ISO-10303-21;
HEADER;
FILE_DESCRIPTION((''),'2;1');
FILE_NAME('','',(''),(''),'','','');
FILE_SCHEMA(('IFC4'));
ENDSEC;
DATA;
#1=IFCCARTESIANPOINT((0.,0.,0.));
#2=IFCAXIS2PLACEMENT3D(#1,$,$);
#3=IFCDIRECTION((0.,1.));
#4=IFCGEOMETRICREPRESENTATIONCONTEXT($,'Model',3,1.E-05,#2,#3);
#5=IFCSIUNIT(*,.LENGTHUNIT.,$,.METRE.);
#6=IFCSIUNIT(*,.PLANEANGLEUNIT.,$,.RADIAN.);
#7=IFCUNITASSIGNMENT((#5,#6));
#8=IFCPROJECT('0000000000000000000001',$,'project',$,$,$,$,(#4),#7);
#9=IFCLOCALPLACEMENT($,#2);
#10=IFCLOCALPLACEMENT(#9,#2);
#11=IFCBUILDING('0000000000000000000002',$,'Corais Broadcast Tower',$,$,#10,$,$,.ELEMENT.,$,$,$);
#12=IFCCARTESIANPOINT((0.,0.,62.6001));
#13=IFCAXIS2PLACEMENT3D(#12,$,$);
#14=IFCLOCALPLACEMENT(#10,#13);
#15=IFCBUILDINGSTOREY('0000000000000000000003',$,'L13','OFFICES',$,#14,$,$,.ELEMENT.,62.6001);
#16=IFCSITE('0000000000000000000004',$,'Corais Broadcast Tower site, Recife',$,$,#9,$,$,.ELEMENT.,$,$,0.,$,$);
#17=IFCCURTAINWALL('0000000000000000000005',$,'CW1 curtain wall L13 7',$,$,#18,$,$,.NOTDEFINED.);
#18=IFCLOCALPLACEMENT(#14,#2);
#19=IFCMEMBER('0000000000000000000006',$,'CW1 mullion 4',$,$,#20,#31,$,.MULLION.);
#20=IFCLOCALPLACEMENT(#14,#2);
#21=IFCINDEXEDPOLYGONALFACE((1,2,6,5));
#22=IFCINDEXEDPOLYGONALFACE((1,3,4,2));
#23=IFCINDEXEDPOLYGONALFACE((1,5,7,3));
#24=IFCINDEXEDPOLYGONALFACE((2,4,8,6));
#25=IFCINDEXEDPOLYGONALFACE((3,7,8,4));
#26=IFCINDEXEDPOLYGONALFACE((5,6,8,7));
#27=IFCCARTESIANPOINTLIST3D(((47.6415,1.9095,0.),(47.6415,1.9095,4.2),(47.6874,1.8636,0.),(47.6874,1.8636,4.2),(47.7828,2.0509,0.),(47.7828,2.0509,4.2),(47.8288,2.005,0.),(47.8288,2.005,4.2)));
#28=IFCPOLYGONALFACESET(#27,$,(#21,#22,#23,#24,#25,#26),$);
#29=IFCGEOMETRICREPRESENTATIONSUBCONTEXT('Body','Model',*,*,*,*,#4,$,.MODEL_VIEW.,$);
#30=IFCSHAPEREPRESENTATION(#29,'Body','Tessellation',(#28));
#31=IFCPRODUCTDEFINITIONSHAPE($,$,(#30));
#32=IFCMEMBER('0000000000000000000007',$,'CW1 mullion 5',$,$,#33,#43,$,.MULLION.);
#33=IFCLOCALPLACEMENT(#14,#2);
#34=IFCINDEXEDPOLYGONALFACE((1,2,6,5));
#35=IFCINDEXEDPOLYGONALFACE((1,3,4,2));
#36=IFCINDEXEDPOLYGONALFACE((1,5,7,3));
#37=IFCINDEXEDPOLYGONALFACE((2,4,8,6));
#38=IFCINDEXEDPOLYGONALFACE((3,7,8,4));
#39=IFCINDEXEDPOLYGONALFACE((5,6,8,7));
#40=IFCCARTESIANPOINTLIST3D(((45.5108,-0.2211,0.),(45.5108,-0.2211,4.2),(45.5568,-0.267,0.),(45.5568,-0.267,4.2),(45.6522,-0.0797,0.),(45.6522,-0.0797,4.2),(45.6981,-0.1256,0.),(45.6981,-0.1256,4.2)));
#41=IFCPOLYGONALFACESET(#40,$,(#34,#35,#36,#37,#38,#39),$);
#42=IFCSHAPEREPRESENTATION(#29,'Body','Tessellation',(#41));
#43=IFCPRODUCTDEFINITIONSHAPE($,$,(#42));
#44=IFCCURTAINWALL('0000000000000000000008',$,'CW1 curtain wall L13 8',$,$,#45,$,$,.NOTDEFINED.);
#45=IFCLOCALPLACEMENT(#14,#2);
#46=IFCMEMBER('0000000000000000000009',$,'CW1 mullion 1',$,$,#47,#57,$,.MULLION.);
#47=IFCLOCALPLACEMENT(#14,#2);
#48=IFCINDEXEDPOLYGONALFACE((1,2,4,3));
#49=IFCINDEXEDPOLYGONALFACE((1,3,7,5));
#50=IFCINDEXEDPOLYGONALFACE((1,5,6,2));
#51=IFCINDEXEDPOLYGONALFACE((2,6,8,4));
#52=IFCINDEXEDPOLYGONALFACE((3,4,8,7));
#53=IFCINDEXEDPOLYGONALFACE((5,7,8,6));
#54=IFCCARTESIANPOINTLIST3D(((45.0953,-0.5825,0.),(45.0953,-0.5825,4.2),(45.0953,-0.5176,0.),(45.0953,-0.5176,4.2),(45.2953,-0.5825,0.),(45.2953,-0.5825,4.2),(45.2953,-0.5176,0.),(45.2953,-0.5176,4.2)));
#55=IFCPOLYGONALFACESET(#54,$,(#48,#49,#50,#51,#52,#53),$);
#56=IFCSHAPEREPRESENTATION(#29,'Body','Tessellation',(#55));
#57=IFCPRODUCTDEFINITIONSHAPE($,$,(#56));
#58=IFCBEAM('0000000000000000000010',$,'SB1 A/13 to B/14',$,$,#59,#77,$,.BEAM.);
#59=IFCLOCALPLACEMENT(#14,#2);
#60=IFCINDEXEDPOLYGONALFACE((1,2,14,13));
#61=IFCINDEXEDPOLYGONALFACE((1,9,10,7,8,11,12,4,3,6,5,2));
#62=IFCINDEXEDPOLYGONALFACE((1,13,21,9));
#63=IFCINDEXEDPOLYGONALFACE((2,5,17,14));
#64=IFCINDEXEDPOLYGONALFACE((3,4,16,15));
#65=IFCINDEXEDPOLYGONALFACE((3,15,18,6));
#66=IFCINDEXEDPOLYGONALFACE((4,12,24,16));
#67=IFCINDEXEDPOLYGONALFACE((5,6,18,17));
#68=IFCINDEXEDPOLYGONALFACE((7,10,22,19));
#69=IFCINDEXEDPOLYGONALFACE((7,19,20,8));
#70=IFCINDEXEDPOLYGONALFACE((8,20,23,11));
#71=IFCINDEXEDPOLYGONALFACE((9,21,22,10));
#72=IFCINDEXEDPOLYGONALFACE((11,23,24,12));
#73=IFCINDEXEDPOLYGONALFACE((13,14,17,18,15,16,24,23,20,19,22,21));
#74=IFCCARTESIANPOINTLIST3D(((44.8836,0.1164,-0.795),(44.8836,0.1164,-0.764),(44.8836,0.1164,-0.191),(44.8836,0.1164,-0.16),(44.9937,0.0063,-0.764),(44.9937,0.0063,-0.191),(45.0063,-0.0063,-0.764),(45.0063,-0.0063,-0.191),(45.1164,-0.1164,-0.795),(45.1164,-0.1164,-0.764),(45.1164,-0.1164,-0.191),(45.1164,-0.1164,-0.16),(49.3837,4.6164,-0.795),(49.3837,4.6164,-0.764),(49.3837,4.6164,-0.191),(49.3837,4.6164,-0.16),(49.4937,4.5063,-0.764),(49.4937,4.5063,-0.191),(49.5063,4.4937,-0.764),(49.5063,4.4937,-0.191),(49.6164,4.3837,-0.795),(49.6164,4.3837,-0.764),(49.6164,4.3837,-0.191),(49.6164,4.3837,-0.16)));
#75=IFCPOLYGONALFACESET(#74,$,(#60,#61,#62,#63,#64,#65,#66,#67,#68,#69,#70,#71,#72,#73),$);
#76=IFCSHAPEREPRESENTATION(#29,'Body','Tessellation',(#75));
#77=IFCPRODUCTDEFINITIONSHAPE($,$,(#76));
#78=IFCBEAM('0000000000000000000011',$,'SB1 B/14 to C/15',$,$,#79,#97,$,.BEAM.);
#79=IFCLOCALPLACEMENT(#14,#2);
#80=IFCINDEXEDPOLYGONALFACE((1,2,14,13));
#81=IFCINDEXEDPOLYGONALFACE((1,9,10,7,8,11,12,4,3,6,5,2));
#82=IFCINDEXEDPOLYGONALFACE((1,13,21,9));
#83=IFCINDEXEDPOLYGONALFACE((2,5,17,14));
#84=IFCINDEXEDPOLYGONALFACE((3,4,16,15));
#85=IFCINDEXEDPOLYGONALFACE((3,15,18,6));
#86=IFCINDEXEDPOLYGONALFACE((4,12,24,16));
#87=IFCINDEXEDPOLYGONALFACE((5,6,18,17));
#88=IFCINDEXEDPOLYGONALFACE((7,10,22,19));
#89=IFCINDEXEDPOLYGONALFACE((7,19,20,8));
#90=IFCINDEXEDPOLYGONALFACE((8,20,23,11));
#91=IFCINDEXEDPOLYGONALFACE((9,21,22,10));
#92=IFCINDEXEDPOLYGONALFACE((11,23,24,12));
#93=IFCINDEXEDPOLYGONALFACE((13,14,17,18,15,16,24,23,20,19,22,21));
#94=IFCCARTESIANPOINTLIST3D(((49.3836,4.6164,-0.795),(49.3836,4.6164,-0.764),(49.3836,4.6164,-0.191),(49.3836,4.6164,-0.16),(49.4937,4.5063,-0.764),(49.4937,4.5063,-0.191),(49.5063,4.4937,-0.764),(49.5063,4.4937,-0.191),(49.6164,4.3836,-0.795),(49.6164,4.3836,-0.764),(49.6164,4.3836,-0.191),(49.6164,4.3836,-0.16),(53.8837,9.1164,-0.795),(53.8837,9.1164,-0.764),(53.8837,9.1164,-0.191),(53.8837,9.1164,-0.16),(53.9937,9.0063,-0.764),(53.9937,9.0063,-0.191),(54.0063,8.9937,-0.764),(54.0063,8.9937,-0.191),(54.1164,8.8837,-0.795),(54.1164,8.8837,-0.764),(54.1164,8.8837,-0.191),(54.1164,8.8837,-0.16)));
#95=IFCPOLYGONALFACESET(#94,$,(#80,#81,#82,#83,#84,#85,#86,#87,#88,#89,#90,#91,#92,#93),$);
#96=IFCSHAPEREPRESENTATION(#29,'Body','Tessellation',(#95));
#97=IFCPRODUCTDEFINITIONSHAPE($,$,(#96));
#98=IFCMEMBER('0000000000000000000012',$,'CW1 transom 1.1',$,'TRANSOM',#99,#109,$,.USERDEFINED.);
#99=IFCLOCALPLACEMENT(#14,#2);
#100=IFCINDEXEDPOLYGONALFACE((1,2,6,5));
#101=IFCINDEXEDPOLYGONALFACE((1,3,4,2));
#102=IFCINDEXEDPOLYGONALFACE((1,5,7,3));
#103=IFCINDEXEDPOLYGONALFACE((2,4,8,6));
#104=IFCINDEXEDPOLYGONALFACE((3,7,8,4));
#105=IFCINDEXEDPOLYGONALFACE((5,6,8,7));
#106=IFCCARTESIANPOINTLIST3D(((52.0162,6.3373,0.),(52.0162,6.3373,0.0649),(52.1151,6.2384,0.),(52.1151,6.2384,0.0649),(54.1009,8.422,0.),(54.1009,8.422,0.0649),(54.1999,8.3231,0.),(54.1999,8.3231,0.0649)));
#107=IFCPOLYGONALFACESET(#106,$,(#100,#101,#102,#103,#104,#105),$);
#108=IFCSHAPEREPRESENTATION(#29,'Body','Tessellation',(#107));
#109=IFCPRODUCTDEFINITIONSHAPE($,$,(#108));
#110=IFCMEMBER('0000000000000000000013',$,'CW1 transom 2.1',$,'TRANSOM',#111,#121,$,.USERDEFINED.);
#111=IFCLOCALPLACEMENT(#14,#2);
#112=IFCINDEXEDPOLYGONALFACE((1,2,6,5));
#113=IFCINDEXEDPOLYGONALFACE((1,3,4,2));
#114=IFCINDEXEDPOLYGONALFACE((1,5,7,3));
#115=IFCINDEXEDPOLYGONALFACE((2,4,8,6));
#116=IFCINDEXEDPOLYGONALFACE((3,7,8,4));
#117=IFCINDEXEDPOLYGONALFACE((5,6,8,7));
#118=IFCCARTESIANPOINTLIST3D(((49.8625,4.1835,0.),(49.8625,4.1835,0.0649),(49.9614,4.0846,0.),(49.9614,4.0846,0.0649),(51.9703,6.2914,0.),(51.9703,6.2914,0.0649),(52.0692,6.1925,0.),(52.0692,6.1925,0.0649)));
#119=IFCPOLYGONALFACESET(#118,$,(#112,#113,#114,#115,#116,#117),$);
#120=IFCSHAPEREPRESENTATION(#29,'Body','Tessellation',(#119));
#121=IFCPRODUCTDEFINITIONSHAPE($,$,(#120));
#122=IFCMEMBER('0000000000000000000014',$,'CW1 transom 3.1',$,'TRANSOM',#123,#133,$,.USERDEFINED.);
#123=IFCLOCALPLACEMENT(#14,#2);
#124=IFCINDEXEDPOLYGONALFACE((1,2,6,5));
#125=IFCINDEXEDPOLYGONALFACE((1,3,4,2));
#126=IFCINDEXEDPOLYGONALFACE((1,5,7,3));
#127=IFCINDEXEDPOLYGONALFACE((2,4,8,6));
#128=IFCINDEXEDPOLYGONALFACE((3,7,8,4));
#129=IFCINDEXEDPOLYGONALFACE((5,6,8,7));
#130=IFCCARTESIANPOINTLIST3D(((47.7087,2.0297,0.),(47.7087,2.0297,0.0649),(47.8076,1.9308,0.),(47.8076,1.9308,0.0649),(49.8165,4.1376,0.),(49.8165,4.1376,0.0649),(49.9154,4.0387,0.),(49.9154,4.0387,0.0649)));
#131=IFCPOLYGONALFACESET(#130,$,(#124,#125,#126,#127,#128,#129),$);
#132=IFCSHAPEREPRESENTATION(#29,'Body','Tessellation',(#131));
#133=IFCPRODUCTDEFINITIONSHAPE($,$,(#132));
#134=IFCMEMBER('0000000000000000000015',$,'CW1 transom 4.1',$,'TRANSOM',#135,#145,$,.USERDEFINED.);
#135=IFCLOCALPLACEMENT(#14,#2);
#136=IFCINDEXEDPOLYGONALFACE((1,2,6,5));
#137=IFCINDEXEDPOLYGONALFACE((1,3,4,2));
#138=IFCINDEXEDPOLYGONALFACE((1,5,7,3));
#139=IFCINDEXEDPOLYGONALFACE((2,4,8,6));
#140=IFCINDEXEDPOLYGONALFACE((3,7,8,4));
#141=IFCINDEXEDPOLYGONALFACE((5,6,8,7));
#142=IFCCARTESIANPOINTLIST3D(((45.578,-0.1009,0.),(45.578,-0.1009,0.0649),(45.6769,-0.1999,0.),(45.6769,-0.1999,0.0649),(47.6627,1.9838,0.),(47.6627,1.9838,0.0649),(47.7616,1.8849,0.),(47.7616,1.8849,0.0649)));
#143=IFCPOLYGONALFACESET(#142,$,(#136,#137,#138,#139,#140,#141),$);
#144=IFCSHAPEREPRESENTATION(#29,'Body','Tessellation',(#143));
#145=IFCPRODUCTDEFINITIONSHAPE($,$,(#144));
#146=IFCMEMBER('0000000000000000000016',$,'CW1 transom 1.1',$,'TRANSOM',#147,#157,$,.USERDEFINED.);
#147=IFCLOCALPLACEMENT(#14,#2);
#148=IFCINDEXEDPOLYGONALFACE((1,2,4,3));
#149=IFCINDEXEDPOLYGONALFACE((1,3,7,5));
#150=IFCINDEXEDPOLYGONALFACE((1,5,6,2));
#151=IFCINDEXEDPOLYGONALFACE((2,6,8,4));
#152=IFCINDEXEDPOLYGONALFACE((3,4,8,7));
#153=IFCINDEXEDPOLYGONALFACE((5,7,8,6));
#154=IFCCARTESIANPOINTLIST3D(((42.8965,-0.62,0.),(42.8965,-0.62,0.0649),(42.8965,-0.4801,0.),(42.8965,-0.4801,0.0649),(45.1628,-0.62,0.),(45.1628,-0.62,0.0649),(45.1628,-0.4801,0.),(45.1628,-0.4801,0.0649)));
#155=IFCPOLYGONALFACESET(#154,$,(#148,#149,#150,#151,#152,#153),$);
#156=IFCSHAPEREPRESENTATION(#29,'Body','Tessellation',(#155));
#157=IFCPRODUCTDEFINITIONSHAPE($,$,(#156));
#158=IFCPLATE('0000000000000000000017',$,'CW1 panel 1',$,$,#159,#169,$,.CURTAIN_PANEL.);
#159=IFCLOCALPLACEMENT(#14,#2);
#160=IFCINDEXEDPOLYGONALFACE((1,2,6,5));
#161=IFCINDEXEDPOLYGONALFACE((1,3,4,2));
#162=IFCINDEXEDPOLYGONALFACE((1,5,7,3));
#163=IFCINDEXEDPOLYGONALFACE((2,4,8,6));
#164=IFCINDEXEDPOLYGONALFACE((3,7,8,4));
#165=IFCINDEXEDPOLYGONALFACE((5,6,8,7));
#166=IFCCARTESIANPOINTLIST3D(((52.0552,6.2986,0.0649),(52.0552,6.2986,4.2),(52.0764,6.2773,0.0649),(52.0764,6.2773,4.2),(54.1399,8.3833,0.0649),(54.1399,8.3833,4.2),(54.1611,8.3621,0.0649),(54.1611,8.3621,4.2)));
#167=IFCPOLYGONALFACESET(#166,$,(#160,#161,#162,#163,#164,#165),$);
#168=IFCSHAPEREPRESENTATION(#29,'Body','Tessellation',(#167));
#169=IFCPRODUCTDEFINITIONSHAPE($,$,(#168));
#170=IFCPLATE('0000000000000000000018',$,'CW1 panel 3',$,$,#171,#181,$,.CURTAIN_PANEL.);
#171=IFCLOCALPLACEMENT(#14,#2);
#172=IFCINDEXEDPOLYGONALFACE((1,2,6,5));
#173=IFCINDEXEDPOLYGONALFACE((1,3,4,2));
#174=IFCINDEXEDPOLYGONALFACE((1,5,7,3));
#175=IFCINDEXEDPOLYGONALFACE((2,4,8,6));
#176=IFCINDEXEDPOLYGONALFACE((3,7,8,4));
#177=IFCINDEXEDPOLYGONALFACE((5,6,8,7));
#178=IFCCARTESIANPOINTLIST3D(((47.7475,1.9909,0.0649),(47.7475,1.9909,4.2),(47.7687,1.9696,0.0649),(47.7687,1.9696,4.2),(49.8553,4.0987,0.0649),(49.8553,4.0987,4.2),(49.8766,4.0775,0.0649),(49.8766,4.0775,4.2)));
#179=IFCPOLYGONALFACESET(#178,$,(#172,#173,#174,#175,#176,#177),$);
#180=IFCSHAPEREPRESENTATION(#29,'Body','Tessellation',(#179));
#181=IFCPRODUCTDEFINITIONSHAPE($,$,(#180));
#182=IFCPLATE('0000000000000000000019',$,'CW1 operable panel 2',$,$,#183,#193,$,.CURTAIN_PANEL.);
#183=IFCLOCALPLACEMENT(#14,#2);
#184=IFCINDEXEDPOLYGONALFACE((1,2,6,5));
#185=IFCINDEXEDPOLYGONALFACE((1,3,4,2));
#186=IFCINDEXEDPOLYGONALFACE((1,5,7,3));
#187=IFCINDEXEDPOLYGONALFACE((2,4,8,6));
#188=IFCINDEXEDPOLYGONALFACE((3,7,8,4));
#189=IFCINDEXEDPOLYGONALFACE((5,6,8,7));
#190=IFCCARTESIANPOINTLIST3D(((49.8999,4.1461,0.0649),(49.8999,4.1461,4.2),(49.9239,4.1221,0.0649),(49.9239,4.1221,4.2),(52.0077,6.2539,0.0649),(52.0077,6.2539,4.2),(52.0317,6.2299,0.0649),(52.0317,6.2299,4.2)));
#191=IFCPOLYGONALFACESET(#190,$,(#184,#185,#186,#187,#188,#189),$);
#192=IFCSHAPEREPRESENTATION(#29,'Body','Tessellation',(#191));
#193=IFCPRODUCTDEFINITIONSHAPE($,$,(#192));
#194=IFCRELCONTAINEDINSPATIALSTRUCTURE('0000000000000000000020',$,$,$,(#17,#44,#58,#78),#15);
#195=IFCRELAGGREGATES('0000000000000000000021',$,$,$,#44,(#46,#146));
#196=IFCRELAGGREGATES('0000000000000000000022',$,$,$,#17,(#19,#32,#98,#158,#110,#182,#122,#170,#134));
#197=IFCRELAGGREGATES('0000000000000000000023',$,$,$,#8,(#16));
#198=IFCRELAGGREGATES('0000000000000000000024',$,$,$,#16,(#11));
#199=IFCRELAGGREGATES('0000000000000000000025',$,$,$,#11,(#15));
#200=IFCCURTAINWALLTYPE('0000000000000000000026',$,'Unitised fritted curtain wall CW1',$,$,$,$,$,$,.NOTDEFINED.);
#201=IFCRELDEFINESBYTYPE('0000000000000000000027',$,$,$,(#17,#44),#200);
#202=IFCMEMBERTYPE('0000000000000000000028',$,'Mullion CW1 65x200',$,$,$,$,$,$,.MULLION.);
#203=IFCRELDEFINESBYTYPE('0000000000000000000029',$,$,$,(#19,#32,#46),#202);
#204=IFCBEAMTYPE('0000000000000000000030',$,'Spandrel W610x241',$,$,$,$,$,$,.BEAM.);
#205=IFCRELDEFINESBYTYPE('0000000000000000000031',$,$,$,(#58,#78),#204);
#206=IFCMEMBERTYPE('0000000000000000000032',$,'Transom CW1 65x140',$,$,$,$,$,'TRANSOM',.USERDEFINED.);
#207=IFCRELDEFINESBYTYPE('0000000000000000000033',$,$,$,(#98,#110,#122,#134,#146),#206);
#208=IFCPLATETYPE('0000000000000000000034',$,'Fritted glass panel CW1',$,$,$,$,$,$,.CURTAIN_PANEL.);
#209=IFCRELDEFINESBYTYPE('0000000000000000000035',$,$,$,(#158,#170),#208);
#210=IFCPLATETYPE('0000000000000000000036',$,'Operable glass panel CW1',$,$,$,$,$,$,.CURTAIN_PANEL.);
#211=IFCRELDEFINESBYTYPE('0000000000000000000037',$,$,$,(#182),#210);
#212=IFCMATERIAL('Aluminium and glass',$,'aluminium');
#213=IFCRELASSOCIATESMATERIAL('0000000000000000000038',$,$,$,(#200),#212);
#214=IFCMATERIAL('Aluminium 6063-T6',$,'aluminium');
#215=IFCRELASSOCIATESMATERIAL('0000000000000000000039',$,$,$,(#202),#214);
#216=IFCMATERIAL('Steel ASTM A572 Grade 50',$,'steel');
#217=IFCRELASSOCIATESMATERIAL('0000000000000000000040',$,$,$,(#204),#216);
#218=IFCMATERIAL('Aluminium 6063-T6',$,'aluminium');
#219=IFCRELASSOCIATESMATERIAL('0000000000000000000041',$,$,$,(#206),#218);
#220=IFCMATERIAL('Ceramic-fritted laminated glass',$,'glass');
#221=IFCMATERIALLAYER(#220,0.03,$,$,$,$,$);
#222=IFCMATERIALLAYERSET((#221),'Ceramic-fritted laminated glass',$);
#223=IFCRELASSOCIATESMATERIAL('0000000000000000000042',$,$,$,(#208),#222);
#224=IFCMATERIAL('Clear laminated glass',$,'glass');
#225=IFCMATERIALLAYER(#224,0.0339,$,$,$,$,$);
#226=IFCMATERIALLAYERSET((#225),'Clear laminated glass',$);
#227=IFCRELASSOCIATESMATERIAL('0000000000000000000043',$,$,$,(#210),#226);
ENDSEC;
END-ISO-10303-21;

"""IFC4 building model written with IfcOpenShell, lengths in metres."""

from ifc_helpers import new_model, si_unit, direction, frame, origin, origin_2d, place, context, subcontext, project, spatial, rectangle, i_section, extrude, material, layer, layer_set, material_profile, profile_set, type_object, element, aggregate, save


model = new_model("IFC4")

# Units and contexts
model_context = context("Model", 3, precision=1e-05, world=origin(), true_north=direction((0.0, 1.0)))
body_context = subcontext(model_context, "Body", "Model", "MODEL_VIEW")
ifc_project = project(units=[si_unit("LENGTHUNIT", "METRE"), si_unit("PLANEANGLEUNIT", "RADIAN")], contexts=[model_context])

# Site, building, storey
site_placement = place(None, origin())
site = spatial("IfcSite", under=ifc_project, at=site_placement, Name="Corais Broadcast Tower site, Recife", CompositionType="ELEMENT", RefElevation=0.0)
building_placement = place(site_placement, origin())
building = spatial("IfcBuilding", under=site, at=building_placement, Name="Corais Broadcast Tower", CompositionType="ELEMENT")
storey_placement = place(building_placement, frame((0.0, 0.0, 62.6001)))
storey = spatial("IfcBuildingStorey", under=building, at=storey_placement, Name="L13", Description="OFFICES", CompositionType="ELEMENT", Elevation=62.6001)

# Shared definitions
ifc_material_1 = material(Name="Aluminium and glass", Category="aluminium")
curtain_wall_type = type_object("IfcCurtainWallType", Name="Unitised fritted curtain wall CW1", PredefinedType="NOTDEFINED", material=ifc_material_1)
ifc_material_2 = material(Name="Aluminium 6063-T6", Category="aluminium")
ifc_material_profile_1 = material_profile(ifc_material_2, rectangle(XDim=0.0649, YDim=0.2, at=origin_2d()), Name="Mullion CW1 65x200")
ifc_profile_set_1 = profile_set([ifc_material_profile_1], Name="Aluminium 6063-T6")
member_type_1 = type_object("IfcMemberType", Name="Mullion CW1 65x200", PredefinedType="MULLION", material=ifc_profile_set_1)

# Curtain wall, members
curtain_wall_1_placement = place(storey_placement, origin())
curtain_wall_1 = element("IfcCurtainWall", 1, at=curtain_wall_1_placement, inside=storey, type_object=curtain_wall_type, Name="CW1 curtain wall L13 7", PredefinedType="NOTDEFINED")
member_1_placement = place(storey_placement, frame((47.7351, 1.9573, 0.0), z_axis=(0.0, 0.0, 1.0), x_axis=(0.707107, -0.707107, 0.0)))
member_1 = element("IfcMember", 2, at=member_1_placement, type_object=member_type_1, Name="CW1 mullion 4", PredefinedType="MULLION", context=body_context, shape_type="SweptSolid", body=[
    extrude(rectangle(XDim=0.0649, YDim=0.2, at=origin_2d()), origin(), (0.0, 0.0, 1.0), 4.2),
])
member_2_placement = place(storey_placement, frame((45.6045, -0.1733, 0.0), z_axis=(0.0, 0.0, 1.0), x_axis=(0.707107, -0.707107, 0.0)))
member_2 = element("IfcMember", 3, at=member_2_placement, type_object=member_type_1, Name="CW1 mullion 5", PredefinedType="MULLION", context=body_context, shape_type="SweptSolid", body=[
    extrude(rectangle(XDim=0.0649, YDim=0.2, at=origin_2d()), origin(), (0.0, 0.0, 1.0), 4.2),
])

# Curtain wall, member
curtain_wall_2_placement = place(storey_placement, origin())
curtain_wall_2 = element("IfcCurtainWall", 4, at=curtain_wall_2_placement, inside=storey, type_object=curtain_wall_type, Name="CW1 curtain wall L13 8", PredefinedType="NOTDEFINED")
member_3_placement = place(storey_placement, frame((45.1953, -0.55, 0.0), z_axis=(0.0, 0.0, 1.0), x_axis=(0.0, -1.0, 0.0)))
member_3 = element("IfcMember", 5, at=member_3_placement, type_object=member_type_1, Name="CW1 mullion 1", PredefinedType="MULLION", context=body_context, shape_type="SweptSolid", body=[
    extrude(rectangle(XDim=0.0649, YDim=0.2, at=origin_2d()), origin(), (0.0, 0.0, 1.0), 4.2),
])

# Beams
ifc_material_3 = material(Name="Steel ASTM A572 Grade 50", Category="steel")
ifc_material_profile_2 = material_profile(ifc_material_3, i_section(OverallWidth=0.3291, OverallDepth=0.635, WebThickness=0.0178, FlangeThickness=0.031, at=origin_2d()), Name="W610x241")
ifc_profile_set_2 = profile_set([ifc_material_profile_2], Name="Steel ASTM A572 Grade 50")
beam_type_1 = type_object("IfcBeamType", Name="Spandrel W610x241", PredefinedType="BEAM", material=ifc_profile_set_2)
for number, where, z_axis, x_axis, name in (
    (6, (45.0, 0.0, -0.4775), (0.707107, 0.707107, 0.0), (-0.707107, 0.707107, 0.0), "SB1 A/13 to B/14"),
    (7, (49.5, 4.5, -0.4775), (0.707107, 0.707107, 0.0), (-0.707107, 0.707107, 0.0), "SB1 B/14 to C/15"),
):
    element("IfcBeam", number, at=place(storey_placement, frame(where, z_axis=z_axis, x_axis=x_axis)), inside=storey, type_object=beam_type_1, Name=name, PredefinedType="BEAM", context=body_context, shape_type="SweptSolid", body=[
        extrude(i_section(OverallWidth=0.3291, OverallDepth=0.635, WebThickness=0.0178, FlangeThickness=0.031, at=origin_2d()), origin(), (0.0, 0.0, 1.0), 6.364),
    ])

# Members
ifc_material_4 = material(Name="Aluminium 6063-T6", Category="aluminium")
ifc_material_profile_3 = material_profile(ifc_material_4, rectangle(XDim=0.1399, YDim=0.0649, at=origin_2d()), Name="Transom CW1 65x140")
ifc_profile_set_3 = profile_set([ifc_material_profile_3], Name="Aluminium 6063-T6")
member_type_2 = type_object("IfcMemberType", Name="Transom CW1 65x140", ElementType="TRANSOM", PredefinedType="USERDEFINED", material=ifc_profile_set_3)
member_4_placement = place(storey_placement, frame((54.1504, 8.3726, 0.0325), z_axis=(-0.707107, -0.707107, 0.0), x_axis=(0.707107, -0.707107, 0.0)))
member_4 = element("IfcMember", 8, at=member_4_placement, type_object=member_type_2, Name="CW1 transom 1.1", ObjectType="TRANSOM", PredefinedType="USERDEFINED", context=body_context, shape_type="SweptSolid", body=[
    extrude(rectangle(XDim=0.1399, YDim=0.0649, at=origin_2d()), origin(), (0.0, 0.0, 1.0), 2.9482),
])
member_5_placement = place(storey_placement, frame((52.0198, 6.2419, 0.0325), z_axis=(-0.707107, -0.707107, 0.0), x_axis=(0.707107, -0.707107, 0.0)))
member_5 = element("IfcMember", 9, at=member_5_placement, type_object=member_type_2, Name="CW1 transom 2.1", ObjectType="TRANSOM", PredefinedType="USERDEFINED", context=body_context, shape_type="SweptSolid", body=[
    extrude(rectangle(XDim=0.1399, YDim=0.0649, at=origin_2d()), origin(), (0.0, 0.0, 1.0), 2.981),
])
member_6_placement = place(storey_placement, frame((49.866, 4.0881, 0.0325), z_axis=(-0.707107, -0.707107, 0.0), x_axis=(0.707107, -0.707107, 0.0)))
member_6 = element("IfcMember", 10, at=member_6_placement, type_object=member_type_2, Name="CW1 transom 3.1", ObjectType="TRANSOM", PredefinedType="USERDEFINED", context=body_context, shape_type="SweptSolid", body=[
    extrude(rectangle(XDim=0.1399, YDim=0.0649, at=origin_2d()), origin(), (0.0, 0.0, 1.0), 2.981),
])
member_7_placement = place(storey_placement, frame((47.7122, 1.9343, 0.0325), z_axis=(-0.707107, -0.707107, 0.0), x_axis=(0.707107, -0.707107, 0.0)))
member_7 = element("IfcMember", 11, at=member_7_placement, type_object=member_type_2, Name="CW1 transom 4.1", ObjectType="TRANSOM", PredefinedType="USERDEFINED", context=body_context, shape_type="SweptSolid", body=[
    extrude(rectangle(XDim=0.1399, YDim=0.0649, at=origin_2d()), origin(), (0.0, 0.0, 1.0), 2.9482),
])
member_8_placement = place(storey_placement, frame((45.1628, -0.55, 0.0325), z_axis=(-1.0, 0.0, 0.0), x_axis=(0.0, -1.0, 0.0)))
member_8 = element("IfcMember", 12, at=member_8_placement, type_object=member_type_2, Name="CW1 transom 1.1", ObjectType="TRANSOM", PredefinedType="USERDEFINED", context=body_context, shape_type="SweptSolid", body=[
    extrude(rectangle(XDim=0.1399, YDim=0.0649, at=origin_2d()), origin(), (0.0, 0.0, 1.0), 2.2664),
])
aggregate(curtain_wall_2, [member_3, member_8])

# Plates
ifc_material_5 = material(Name="Ceramic-fritted laminated glass", Category="glass")
ifc_layer_1 = layer(ifc_material_5, 0.03)
ifc_layer_set_1 = layer_set([ifc_layer_1], Name="Ceramic-fritted laminated glass")
plate_type_1 = type_object("IfcPlateType", Name="Fritted glass panel CW1", PredefinedType="CURTAIN_PANEL", material=ifc_layer_set_1)
plate_1_placement = place(storey_placement, frame((53.1082, 7.3303, 0.0649), z_axis=(0.0, 0.0, 1.0), x_axis=(-0.707107, -0.707107, 0.0)))
plate_1 = element("IfcPlate", 13, at=plate_1_placement, type_object=plate_type_1, Name="CW1 panel 1", PredefinedType="CURTAIN_PANEL", context=body_context, shape_type="SweptSolid", body=[
    extrude(rectangle(XDim=2.9482, YDim=0.03, at=origin_2d()), origin(), (0.0, 0.0, 1.0), 4.135),
])
plate_2_placement = place(storey_placement, frame((48.812, 3.0342, 0.0649), z_axis=(0.0, 0.0, 1.0), x_axis=(-0.707107, -0.707107, 0.0)))
plate_2 = element("IfcPlate", 14, at=plate_2_placement, type_object=plate_type_1, Name="CW1 panel 3", PredefinedType="CURTAIN_PANEL", context=body_context, shape_type="SweptSolid", body=[
    extrude(rectangle(XDim=2.981, YDim=0.03, at=origin_2d()), origin(), (0.0, 0.0, 1.0), 4.135),
])
ifc_material_6 = material(Name="Clear laminated glass", Category="glass")
ifc_layer_2 = layer(ifc_material_6, 0.0339)
ifc_layer_set_2 = layer_set([ifc_layer_2], Name="Clear laminated glass")
plate_type_2 = type_object("IfcPlateType", Name="Operable glass panel CW1", PredefinedType="CURTAIN_PANEL", material=ifc_layer_set_2)
plate_3_placement = place(storey_placement, frame((50.9658, 5.188, 0.0649), z_axis=(0.0, 0.0, 1.0), x_axis=(-0.707107, -0.707107, 0.0)))
plate_3 = element("IfcPlate", 15, at=plate_3_placement, type_object=plate_type_2, Name="CW1 operable panel 2", PredefinedType="CURTAIN_PANEL", context=body_context, shape_type="SweptSolid", body=[
    extrude(rectangle(XDim=2.981, YDim=0.0339, at=origin_2d()), origin(), (0.0, 0.0, 1.0), 4.135),
])
aggregate(curtain_wall_1, [member_1, member_2, member_4, plate_1, member_5, plate_3, member_6, plate_2, member_7])

save(model, "model.ifc")
